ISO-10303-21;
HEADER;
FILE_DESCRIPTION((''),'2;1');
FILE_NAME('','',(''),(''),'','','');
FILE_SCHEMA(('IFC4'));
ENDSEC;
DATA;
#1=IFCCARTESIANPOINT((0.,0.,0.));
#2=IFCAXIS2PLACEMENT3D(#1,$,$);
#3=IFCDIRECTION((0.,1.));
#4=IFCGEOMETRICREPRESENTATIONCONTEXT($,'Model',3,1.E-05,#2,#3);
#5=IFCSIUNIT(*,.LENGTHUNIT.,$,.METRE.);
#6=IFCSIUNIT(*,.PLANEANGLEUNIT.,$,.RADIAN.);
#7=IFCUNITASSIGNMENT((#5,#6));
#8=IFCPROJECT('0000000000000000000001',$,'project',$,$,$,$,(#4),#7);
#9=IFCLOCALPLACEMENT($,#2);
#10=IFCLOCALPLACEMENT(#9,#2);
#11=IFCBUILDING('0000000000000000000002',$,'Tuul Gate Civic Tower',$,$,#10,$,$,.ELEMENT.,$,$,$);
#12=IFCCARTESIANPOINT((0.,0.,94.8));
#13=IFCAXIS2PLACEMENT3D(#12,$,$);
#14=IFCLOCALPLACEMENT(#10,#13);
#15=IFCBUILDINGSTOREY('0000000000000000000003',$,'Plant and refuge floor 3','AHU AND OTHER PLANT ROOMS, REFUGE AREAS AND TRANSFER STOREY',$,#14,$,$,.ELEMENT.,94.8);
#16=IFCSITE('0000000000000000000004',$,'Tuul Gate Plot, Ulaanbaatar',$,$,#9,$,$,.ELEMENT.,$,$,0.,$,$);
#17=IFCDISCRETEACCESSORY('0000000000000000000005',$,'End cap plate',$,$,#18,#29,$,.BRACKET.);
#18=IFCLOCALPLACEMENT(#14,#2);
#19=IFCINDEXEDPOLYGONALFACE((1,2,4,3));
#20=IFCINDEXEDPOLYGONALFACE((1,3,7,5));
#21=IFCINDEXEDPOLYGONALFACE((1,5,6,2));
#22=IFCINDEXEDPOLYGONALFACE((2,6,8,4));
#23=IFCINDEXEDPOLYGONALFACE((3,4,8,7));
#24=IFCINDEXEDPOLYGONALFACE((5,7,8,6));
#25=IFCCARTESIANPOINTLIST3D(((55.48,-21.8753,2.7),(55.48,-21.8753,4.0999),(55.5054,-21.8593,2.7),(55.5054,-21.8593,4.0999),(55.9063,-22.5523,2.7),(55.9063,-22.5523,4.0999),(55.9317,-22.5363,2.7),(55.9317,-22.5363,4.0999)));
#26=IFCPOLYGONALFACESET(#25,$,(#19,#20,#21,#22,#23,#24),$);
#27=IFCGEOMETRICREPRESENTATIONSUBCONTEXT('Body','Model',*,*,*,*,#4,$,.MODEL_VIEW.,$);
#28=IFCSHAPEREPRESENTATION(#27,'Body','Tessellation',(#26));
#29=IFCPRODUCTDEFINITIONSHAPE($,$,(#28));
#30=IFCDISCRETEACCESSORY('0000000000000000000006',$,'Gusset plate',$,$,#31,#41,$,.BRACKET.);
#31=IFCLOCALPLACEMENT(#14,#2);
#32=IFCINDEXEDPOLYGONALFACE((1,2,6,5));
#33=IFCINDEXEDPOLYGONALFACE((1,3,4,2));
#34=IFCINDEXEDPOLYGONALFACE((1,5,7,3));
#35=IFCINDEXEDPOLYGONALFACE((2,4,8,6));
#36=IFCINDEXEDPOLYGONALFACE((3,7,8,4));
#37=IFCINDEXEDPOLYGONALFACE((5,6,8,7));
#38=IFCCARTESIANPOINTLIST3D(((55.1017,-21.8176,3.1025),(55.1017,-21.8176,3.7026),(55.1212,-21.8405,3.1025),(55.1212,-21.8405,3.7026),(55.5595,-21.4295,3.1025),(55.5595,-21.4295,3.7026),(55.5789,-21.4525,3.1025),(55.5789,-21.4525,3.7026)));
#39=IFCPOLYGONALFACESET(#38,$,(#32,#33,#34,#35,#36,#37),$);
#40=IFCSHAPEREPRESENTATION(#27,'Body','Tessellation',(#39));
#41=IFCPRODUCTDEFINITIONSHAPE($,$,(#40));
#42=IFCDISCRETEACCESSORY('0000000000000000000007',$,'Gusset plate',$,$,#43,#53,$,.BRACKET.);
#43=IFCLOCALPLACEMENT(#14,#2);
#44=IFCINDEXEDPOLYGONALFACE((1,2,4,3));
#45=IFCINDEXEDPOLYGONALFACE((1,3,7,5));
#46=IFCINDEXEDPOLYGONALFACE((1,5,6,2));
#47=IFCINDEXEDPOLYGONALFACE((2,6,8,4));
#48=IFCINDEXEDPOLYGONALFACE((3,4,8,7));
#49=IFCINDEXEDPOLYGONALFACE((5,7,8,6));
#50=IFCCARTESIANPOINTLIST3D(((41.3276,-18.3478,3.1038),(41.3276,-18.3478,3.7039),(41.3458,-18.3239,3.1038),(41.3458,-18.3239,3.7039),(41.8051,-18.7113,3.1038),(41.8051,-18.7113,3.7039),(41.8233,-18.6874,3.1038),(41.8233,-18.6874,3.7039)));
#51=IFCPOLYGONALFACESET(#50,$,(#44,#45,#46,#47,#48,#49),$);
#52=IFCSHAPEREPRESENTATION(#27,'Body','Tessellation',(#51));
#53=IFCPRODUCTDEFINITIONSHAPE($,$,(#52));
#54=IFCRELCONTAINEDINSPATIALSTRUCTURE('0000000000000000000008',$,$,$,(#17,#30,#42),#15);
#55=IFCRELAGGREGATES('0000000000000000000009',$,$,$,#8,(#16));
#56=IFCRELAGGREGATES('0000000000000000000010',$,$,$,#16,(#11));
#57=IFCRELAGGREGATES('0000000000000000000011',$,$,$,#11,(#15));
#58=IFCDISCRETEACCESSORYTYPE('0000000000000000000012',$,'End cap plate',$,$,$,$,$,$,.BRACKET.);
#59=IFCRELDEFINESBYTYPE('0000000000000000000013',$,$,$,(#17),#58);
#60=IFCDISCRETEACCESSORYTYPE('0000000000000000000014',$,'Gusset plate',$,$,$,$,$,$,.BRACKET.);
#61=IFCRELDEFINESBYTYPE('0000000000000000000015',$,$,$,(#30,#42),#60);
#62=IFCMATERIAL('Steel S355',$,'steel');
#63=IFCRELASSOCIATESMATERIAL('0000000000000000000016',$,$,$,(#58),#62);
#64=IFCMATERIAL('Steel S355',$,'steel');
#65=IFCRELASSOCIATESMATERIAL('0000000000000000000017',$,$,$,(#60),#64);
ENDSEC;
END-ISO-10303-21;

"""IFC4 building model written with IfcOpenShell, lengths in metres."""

from ifc_helpers import new_model, si_unit, direction, frame, origin, origin_2d, place, context, subcontext, project, spatial, rectangle, extrude, material, type_object, element, save


model = new_model("IFC4")

# Units and contexts
model_context = context("Model", 3, precision=1e-05, world=origin(), true_north=direction((0.0, 1.0)))
body_context = subcontext(model_context, "Body", "Model", "MODEL_VIEW")
ifc_project = project(units=[si_unit("LENGTHUNIT", "METRE"), si_unit("PLANEANGLEUNIT", "RADIAN")], contexts=[model_context])

# Site, building, storey
site_placement = place(None, origin())
site = spatial("IfcSite", under=ifc_project, at=site_placement, Name="Tuul Gate Plot, Ulaanbaatar", CompositionType="ELEMENT", RefElevation=0.0)
building_placement = place(site_placement, origin())
building = spatial("IfcBuilding", under=site, at=building_placement, Name="Tuul Gate Civic Tower", CompositionType="ELEMENT")
storey_placement = place(building_placement, frame((0.0, 0.0, 94.8)))
storey = spatial("IfcBuildingStorey", under=building, at=storey_placement, Name="Plant and refuge floor 3", Description="AHU AND OTHER PLANT ROOMS, REFUGE AREAS AND TRANSFER STOREY", CompositionType="ELEMENT", Elevation=94.8)

# Discrete accessories
ifc_material_1 = material(Name="Steel S355", Category="steel")
discrete_accessory_type_1 = type_object("IfcDiscreteAccessoryType", Name="End cap plate", PredefinedType="BRACKET", material=ifc_material_1)
for number, where, z_axis, x_axis, name in (
    (1, (55.7058, -22.2058, 2.7), (0.0, 0.0, 1.0), (0.84622, 0.532834, 0.0), "End cap plate"),
):
    element("IfcDiscreteAccessory", number, at=place(storey_placement, frame(where, z_axis=z_axis, x_axis=x_axis)), inside=storey, type_object=discrete_accessory_type_1, Name=name, PredefinedType="BRACKET", context=body_context, shape_type="SweptSolid", body=[
        extrude(rectangle(XDim=0.03, YDim=0.8, at=origin_2d()), origin(), (0.0, 0.0, 1.0), 1.3999),
    ])
ifc_material_2 = material(Name="Steel S355", Category="steel")
discrete_accessory_type_2 = type_object("IfcDiscreteAccessoryType", Name="Gusset plate", PredefinedType="BRACKET", material=ifc_material_2)
for number, where, z_axis, x_axis, name in (
    (2, (55.3403, -21.635, 3.1025), (0.0, 0.0, 1.0), (0.762825, 0.646605, 0.0), "Gusset plate"),
    (3, (41.5754, -18.5176, 3.1038), (0.0, 0.0, 1.0), (-0.795664, 0.605738, 0.0), "Gusset plate"),
):
    element("IfcDiscreteAccessory", number, at=place(storey_placement, frame(where, z_axis=z_axis, x_axis=x_axis)), inside=storey, type_object=discrete_accessory_type_2, Name=name, PredefinedType="BRACKET", context=body_context, shape_type="SweptSolid", body=[
        extrude(rectangle(XDim=0.6001, YDim=0.03, at=origin_2d()), origin(), (0.0, 0.0, 1.0), 0.6001),
    ])

save(model, "model.ifc")
